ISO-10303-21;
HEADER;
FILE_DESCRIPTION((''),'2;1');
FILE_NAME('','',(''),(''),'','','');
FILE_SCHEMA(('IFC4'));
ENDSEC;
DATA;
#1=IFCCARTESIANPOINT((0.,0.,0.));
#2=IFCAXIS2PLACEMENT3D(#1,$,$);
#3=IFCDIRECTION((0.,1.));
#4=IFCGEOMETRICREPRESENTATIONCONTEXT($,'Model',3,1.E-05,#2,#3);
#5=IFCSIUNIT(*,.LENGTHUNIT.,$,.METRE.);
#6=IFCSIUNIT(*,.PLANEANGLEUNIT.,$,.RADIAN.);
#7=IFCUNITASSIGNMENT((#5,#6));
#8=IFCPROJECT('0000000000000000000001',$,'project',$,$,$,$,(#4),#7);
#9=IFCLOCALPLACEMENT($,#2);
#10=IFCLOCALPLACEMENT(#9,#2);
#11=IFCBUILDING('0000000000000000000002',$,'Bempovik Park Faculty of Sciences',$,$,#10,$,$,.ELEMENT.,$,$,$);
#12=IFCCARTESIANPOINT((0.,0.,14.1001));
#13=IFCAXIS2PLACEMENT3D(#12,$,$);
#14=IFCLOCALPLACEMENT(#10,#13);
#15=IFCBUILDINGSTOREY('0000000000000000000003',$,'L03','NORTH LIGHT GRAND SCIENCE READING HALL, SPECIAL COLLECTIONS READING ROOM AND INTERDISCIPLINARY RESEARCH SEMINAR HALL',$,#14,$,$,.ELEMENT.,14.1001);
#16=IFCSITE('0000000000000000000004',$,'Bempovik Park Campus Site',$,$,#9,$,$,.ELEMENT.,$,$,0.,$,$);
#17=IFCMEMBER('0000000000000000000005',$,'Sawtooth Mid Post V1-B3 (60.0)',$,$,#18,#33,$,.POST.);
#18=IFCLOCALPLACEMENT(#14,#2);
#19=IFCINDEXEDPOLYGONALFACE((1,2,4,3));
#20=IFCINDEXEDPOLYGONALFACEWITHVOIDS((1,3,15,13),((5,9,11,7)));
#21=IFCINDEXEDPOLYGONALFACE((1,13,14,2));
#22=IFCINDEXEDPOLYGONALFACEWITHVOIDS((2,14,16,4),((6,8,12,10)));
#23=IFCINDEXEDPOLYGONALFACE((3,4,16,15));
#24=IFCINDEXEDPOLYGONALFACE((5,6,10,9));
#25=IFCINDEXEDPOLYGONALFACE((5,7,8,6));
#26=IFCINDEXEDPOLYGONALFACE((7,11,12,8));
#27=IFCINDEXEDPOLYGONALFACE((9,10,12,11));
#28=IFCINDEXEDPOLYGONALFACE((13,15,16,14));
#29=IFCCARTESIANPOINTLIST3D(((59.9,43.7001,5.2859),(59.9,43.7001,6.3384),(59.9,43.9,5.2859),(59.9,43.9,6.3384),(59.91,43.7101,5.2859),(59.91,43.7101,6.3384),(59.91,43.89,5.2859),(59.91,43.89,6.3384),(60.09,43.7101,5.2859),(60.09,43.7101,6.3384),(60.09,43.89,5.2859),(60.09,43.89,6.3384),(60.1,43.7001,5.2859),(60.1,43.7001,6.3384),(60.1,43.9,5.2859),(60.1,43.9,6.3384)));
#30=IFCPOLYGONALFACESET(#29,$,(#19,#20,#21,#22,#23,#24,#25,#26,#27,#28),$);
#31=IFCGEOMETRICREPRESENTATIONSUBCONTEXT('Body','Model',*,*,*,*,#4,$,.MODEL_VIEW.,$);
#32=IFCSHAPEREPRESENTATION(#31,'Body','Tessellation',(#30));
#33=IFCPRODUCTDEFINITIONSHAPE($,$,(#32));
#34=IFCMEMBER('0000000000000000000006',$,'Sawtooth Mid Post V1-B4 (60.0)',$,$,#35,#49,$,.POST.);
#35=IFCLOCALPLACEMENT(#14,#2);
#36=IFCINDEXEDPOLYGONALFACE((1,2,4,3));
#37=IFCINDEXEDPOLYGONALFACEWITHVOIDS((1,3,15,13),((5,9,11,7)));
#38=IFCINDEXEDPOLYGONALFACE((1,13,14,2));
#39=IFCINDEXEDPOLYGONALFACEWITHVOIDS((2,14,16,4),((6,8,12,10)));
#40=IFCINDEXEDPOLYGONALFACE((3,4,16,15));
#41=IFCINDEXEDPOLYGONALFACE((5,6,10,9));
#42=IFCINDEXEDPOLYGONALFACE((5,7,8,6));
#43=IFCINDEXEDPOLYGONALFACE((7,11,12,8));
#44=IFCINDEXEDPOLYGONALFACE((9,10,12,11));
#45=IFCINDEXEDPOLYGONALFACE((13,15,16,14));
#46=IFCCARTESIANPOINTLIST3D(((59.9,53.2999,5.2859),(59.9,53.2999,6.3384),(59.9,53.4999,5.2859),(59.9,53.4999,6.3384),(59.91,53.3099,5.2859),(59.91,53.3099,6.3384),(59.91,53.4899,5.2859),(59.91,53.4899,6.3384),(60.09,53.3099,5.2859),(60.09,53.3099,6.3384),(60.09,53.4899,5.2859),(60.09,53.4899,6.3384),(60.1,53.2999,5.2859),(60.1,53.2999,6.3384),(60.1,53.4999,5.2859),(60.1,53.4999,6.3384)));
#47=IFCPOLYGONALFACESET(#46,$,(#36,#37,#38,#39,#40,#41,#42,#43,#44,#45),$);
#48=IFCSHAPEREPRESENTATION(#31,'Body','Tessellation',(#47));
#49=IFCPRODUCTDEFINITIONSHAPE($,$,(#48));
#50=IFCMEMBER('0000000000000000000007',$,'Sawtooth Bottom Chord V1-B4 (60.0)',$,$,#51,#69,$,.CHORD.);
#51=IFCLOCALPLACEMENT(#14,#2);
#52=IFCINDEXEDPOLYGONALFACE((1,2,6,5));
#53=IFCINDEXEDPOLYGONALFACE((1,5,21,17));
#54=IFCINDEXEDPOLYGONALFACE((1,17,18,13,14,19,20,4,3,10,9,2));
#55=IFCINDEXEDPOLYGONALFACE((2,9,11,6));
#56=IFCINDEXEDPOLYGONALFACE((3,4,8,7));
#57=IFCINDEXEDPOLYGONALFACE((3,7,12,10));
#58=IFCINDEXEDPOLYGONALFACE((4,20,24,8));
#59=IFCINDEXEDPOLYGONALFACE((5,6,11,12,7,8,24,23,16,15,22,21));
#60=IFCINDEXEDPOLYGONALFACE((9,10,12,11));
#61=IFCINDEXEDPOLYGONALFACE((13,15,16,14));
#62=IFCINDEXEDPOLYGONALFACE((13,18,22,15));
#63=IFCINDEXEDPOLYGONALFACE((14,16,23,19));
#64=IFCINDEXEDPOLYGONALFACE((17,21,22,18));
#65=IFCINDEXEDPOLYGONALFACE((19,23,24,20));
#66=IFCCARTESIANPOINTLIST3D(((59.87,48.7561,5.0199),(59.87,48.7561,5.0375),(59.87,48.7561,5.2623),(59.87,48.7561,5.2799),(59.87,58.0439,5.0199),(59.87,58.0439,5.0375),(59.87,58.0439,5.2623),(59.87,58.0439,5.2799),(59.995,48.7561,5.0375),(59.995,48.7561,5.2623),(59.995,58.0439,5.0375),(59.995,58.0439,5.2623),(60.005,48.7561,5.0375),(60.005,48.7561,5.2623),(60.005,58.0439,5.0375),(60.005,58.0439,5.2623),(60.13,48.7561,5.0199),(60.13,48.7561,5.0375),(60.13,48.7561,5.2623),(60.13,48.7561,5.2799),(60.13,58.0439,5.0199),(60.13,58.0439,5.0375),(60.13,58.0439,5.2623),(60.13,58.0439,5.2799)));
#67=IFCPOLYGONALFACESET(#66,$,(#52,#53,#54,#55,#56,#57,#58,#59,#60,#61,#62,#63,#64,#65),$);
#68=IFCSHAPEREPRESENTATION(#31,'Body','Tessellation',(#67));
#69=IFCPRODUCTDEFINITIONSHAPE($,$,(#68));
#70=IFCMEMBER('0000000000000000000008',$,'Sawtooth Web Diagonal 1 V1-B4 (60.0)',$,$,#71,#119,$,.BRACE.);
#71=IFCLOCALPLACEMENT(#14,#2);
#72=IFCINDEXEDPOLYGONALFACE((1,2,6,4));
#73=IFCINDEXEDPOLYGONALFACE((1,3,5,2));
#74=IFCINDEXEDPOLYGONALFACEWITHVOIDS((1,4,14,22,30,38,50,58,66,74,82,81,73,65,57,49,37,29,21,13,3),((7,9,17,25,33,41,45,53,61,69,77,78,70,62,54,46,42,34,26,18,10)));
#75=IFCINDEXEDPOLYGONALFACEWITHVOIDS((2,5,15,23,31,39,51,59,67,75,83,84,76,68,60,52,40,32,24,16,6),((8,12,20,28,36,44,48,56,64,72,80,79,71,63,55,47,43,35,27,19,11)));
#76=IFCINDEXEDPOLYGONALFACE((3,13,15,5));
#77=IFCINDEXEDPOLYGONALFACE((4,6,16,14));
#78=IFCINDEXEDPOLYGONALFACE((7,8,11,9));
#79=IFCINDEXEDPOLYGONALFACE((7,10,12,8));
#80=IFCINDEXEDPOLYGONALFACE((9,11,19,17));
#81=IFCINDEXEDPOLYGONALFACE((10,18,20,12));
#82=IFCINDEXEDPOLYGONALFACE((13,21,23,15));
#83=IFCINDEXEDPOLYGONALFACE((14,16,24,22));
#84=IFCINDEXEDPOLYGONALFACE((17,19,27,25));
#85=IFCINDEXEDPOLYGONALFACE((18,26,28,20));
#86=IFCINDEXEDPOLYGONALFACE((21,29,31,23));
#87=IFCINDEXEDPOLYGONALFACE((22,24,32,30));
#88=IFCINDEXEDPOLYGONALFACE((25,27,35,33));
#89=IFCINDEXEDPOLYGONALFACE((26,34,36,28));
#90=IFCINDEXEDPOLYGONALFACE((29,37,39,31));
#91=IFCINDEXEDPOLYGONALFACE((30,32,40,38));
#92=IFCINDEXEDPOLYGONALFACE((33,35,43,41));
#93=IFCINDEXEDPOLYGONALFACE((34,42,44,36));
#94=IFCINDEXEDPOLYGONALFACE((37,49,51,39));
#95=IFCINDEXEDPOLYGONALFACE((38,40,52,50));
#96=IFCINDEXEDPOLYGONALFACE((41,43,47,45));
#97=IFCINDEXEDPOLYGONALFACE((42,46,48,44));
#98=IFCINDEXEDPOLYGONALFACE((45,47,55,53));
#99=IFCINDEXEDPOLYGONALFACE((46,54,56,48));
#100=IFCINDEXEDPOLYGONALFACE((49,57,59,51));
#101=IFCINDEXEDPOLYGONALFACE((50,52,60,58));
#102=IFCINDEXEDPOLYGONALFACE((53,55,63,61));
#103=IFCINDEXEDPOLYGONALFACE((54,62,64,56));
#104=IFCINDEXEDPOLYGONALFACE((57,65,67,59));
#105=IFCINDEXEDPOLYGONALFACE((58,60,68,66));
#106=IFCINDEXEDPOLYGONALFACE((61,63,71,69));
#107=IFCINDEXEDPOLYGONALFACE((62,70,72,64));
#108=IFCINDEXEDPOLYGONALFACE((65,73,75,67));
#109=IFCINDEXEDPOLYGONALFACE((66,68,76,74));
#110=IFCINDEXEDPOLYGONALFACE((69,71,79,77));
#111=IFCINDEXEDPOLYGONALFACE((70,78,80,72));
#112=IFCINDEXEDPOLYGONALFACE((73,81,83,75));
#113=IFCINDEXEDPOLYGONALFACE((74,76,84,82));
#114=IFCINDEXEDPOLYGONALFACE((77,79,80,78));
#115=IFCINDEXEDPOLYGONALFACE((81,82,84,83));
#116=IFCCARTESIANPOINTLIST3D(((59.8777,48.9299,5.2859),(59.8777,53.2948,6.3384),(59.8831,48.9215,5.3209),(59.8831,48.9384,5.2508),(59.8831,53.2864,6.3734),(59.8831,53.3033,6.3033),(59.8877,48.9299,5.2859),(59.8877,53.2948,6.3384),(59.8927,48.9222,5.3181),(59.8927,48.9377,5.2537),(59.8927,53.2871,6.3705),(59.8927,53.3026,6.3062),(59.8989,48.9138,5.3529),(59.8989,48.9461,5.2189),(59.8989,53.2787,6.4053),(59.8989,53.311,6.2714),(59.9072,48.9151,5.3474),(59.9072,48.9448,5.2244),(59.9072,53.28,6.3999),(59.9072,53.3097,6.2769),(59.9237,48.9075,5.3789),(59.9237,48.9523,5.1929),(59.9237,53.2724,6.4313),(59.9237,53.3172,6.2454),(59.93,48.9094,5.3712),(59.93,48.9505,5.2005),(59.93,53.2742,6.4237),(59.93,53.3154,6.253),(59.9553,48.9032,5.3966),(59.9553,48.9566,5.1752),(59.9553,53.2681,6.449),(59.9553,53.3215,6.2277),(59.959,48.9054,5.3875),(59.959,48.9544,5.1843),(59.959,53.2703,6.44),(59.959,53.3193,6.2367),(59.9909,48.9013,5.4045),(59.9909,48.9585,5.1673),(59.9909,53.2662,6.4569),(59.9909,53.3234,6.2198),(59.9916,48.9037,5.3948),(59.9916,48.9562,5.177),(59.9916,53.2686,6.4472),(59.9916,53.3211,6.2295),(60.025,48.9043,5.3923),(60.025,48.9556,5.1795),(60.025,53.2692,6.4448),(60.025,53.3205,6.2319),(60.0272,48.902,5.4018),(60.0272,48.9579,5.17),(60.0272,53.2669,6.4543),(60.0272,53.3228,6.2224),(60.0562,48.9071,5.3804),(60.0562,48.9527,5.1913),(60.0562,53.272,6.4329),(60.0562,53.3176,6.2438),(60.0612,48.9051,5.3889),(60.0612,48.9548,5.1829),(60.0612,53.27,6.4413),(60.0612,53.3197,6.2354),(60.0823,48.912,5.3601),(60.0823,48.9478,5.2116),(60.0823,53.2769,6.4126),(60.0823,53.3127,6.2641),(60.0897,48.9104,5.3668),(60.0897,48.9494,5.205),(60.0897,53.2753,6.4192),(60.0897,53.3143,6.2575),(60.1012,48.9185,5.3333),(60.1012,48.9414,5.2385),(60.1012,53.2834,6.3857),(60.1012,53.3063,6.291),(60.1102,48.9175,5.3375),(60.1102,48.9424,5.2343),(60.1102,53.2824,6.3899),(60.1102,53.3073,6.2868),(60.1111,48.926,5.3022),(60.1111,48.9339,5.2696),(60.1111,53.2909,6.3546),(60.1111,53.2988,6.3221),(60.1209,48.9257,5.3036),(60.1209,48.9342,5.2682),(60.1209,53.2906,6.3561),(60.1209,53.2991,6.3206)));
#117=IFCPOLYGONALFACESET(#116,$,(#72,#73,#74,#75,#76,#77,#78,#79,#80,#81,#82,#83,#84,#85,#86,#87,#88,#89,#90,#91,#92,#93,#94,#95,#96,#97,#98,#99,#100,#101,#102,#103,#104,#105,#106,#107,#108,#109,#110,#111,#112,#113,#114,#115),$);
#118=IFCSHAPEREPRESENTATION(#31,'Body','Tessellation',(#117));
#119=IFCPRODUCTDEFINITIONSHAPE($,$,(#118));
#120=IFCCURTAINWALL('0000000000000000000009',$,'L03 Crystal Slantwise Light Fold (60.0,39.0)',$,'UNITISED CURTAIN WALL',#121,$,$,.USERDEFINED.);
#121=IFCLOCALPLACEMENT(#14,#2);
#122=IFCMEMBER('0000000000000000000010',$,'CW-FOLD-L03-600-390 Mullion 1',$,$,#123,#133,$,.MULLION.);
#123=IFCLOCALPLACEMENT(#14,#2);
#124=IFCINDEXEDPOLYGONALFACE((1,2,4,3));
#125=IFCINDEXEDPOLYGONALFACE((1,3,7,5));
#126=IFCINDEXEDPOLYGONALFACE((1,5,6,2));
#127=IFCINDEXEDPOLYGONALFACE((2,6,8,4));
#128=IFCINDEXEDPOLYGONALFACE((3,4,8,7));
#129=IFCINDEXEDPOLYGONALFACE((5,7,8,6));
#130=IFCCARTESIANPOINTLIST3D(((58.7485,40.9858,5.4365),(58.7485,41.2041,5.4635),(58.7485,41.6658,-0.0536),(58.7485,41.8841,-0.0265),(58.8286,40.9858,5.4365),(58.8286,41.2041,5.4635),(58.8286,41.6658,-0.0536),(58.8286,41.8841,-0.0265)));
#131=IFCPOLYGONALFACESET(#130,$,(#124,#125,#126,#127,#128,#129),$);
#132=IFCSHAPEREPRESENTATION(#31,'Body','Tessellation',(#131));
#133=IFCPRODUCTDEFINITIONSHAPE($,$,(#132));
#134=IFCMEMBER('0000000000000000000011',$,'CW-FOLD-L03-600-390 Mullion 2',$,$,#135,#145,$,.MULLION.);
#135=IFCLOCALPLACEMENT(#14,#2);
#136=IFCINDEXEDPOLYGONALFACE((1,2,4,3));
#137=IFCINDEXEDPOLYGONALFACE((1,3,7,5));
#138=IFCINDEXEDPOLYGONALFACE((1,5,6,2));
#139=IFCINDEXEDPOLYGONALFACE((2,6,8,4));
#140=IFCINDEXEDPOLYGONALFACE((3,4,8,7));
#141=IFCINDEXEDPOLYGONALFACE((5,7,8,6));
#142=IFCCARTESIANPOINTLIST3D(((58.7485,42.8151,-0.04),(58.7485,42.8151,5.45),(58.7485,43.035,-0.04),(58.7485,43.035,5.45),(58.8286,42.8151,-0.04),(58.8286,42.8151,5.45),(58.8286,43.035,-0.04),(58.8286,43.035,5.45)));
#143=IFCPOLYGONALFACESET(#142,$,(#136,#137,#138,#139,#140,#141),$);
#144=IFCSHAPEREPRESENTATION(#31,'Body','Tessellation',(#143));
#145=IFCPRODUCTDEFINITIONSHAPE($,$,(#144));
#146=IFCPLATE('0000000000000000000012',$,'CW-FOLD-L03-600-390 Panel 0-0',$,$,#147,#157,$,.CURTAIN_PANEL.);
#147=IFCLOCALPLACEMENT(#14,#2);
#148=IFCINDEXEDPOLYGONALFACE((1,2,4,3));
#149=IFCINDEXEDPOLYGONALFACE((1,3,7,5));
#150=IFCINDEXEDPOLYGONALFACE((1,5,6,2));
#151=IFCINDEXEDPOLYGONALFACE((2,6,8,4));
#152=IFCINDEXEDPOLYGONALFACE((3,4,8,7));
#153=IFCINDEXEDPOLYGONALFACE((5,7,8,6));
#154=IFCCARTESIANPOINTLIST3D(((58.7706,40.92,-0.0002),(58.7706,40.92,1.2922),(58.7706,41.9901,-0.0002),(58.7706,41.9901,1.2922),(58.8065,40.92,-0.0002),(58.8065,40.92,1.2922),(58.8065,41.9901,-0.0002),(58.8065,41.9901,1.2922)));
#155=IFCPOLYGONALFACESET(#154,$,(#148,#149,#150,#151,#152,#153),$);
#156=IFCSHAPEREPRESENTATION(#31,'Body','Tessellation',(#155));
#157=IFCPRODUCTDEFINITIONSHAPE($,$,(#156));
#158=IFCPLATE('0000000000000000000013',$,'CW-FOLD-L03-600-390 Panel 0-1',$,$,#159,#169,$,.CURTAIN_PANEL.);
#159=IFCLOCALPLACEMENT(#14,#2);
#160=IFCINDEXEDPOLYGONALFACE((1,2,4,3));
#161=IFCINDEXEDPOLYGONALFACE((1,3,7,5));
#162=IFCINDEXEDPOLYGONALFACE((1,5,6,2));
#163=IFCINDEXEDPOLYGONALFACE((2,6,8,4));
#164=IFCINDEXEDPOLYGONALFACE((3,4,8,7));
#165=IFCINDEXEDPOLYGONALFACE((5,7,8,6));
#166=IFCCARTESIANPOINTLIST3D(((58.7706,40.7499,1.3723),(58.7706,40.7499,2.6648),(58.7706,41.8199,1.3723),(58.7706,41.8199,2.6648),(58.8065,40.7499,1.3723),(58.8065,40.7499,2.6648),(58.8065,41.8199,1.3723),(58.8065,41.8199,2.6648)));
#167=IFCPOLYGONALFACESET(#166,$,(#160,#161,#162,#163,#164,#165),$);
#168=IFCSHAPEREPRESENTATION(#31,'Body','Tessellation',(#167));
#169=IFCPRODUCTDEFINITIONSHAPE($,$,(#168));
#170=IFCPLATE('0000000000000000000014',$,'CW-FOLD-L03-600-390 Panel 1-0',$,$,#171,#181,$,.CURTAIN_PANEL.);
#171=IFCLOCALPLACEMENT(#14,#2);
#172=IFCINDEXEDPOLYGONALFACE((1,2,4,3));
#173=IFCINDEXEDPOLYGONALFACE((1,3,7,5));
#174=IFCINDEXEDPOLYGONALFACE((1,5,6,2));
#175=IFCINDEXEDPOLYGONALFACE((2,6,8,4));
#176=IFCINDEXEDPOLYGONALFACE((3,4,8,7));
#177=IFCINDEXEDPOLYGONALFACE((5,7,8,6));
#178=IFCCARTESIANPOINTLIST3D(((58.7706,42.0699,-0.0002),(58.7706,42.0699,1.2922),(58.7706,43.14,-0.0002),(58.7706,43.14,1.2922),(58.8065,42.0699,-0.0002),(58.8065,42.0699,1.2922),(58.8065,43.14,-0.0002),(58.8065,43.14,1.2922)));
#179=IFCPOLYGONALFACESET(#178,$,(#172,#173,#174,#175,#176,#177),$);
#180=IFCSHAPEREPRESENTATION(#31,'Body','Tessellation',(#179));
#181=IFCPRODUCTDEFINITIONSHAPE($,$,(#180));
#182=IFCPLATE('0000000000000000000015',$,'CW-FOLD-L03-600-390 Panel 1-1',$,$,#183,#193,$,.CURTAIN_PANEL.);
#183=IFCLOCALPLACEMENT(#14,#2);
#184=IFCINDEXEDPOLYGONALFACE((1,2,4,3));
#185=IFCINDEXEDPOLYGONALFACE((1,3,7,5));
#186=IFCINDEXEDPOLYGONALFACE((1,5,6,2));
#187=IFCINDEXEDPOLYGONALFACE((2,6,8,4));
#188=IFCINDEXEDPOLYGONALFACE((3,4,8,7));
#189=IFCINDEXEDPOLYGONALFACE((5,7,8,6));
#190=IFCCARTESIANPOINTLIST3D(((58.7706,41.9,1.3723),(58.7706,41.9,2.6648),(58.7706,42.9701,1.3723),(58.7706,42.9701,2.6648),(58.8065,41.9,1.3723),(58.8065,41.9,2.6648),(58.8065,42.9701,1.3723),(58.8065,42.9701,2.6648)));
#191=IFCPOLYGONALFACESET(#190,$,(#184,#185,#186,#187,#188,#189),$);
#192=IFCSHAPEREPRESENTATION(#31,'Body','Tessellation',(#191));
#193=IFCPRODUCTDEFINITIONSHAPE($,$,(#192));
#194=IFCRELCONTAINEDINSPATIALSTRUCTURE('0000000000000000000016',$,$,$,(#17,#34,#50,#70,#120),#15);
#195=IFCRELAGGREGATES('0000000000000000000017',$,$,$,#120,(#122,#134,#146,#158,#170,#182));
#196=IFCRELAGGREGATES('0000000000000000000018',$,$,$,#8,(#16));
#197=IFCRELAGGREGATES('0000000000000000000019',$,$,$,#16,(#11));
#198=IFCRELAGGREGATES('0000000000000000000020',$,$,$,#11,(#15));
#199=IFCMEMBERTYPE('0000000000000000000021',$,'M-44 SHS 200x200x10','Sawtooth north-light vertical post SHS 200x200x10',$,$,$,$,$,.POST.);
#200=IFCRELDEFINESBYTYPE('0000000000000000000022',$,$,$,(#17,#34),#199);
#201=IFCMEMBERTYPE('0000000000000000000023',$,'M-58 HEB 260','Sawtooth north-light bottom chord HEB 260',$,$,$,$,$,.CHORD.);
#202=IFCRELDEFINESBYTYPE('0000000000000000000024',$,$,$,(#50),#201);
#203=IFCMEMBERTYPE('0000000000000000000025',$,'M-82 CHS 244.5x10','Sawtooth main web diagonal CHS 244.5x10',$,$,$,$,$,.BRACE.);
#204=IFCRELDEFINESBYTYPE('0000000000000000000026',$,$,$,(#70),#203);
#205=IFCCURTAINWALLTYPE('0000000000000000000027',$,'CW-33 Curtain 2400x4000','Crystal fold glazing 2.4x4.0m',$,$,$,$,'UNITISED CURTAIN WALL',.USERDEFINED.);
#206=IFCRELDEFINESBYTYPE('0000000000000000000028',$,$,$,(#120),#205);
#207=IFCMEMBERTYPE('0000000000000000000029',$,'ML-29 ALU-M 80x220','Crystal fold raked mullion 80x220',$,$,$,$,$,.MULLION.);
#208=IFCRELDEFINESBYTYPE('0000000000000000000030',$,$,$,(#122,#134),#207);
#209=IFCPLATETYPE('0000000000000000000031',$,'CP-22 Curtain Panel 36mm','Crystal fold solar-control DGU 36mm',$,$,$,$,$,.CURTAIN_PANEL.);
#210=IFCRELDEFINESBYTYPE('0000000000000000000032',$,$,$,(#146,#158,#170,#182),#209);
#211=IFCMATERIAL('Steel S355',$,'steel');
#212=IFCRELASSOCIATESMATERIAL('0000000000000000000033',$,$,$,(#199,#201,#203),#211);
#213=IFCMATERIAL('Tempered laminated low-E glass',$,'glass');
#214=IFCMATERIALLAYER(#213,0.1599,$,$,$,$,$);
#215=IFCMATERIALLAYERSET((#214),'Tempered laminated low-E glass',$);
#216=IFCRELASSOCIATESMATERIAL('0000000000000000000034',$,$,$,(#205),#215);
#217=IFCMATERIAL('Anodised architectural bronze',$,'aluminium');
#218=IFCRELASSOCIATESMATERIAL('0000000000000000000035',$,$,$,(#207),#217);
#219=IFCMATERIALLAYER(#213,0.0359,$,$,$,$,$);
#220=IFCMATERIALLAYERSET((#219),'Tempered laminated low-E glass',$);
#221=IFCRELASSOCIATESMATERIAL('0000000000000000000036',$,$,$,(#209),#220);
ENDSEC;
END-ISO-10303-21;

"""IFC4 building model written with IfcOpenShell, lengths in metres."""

from ifc_helpers import new_model, si_unit, direction, frame, origin, origin_2d, place, context, subcontext, project, spatial, rectangle, hollow_rectangle, hollow_circle, i_section, extrude, material, layer, layer_set, material_profile, profile_set, type_object, element, aggregate, save


model = new_model("IFC4")

# Units and contexts
model_context = context("Model", 3, precision=1e-05, world=origin(), true_north=direction((0.0, 1.0)))
body_context = subcontext(model_context, "Body", "Model", "MODEL_VIEW")
ifc_project = project(units=[si_unit("LENGTHUNIT", "METRE"), si_unit("PLANEANGLEUNIT", "RADIAN")], contexts=[model_context])

# Site, building, storey
site_placement = place(None, origin())
site = spatial("IfcSite", under=ifc_project, at=site_placement, Name="Bempovik Park Campus Site", CompositionType="ELEMENT", RefElevation=0.0)
building_placement = place(site_placement, origin())
building = spatial("IfcBuilding", under=site, at=building_placement, Name="Bempovik Park Faculty of Sciences", CompositionType="ELEMENT")
storey_placement = place(building_placement, frame((0.0, 0.0, 14.1001)))
storey = spatial("IfcBuildingStorey", under=building, at=storey_placement, Name="L03", Description="NORTH LIGHT GRAND SCIENCE READING HALL, SPECIAL COLLECTIONS READING ROOM AND INTERDISCIPLINARY RESEARCH SEMINAR HALL", CompositionType="ELEMENT", Elevation=14.1001)

# Shared definitions
ifc_material_1 = material(Name="Steel S355", Category="steel")

# Members
ifc_material_profile_1 = material_profile(ifc_material_1, hollow_rectangle(XDim=0.2, YDim=0.2, WallThickness=0.01, at=origin_2d()), Name="SHS 200x200x10")
ifc_profile_set_1 = profile_set([ifc_material_profile_1], Name="Steel S355")
member_type_1 = type_object("IfcMemberType", Name="M-44 SHS 200x200x10", Description="Sawtooth north-light vertical post SHS 200x200x10", PredefinedType="POST", material=ifc_profile_set_1)
for number, where, z_axis, x_axis, name in (
    (1, (60.0, 43.8, 5.2859), (0.0, 0.0, 1.0), (1.0, 0.0, 0.0), "Sawtooth Mid Post V1-B3 (60.0)"),
    (2, (60.0, 53.3999, 5.2859), (0.0, 0.0, 1.0), (1.0, 0.0, 0.0), "Sawtooth Mid Post V1-B4 (60.0)"),
):
    element("IfcMember", number, at=place(storey_placement, frame(where, z_axis=z_axis, x_axis=x_axis)), inside=storey, type_object=member_type_1, Name=name, PredefinedType="POST", context=body_context, shape_type="SweptSolid", body=[
        extrude(hollow_rectangle(XDim=0.2, YDim=0.2, WallThickness=0.01, at=origin_2d()), origin(), (0.0, 0.0, 1.0), 1.0525),
    ])
ifc_material_profile_2 = material_profile(ifc_material_1, i_section(OverallWidth=0.26, OverallDepth=0.26, WebThickness=0.01, FlangeThickness=0.0176, at=origin_2d()), Name="HEB 260")
ifc_profile_set_2 = profile_set([ifc_material_profile_2], Name="Steel S355")
member_type_2 = type_object("IfcMemberType", Name="M-58 HEB 260", Description="Sawtooth north-light bottom chord HEB 260", PredefinedType="CHORD", material=ifc_profile_set_2)
member_1_placement = place(storey_placement, frame((60.0, 48.7561, 5.1499), z_axis=(0.0, 1.0, 0.0), x_axis=(-1.0, 0.0, 0.0)))
element("IfcMember", 3, at=member_1_placement, inside=storey, type_object=member_type_2, Name="Sawtooth Bottom Chord V1-B4 (60.0)", PredefinedType="CHORD", context=body_context, shape_type="SweptSolid", body=[
    extrude(i_section(OverallWidth=0.26, OverallDepth=0.26, WebThickness=0.01, FlangeThickness=0.0176, at=origin_2d()), origin(), (0.0, 0.0, 1.0), 9.2878),
])
ifc_material_profile_3 = material_profile(ifc_material_1, hollow_circle(Radius=0.1223, WallThickness=0.01, at=origin_2d()), Name="CHS 244.5x10")
ifc_profile_set_3 = profile_set([ifc_material_profile_3], Name="Steel S355")
member_type_3 = type_object("IfcMemberType", Name="M-82 CHS 244.5x10", Description="Sawtooth main web diagonal CHS 244.5x10", PredefinedType="BRACE", material=ifc_profile_set_3)
member_2_placement = place(storey_placement, frame((60.0, 48.9299, 5.2859), z_axis=(0.0, 0.972139, 0.234403), x_axis=(-1.0, 0.0, 0.0)))
element("IfcMember", 4, at=member_2_placement, inside=storey, type_object=member_type_3, Name="Sawtooth Web Diagonal 1 V1-B4 (60.0)", PredefinedType="BRACE", context=body_context, shape_type="SweptSolid", body=[
    extrude(hollow_circle(Radius=0.1223, WallThickness=0.01, at=origin_2d()), origin(), (0.0, 0.0, 1.0), 4.49),
])

# Curtain wall, members, plates
ifc_material_2 = material(Name="Tempered laminated low-E glass", Category="glass")
ifc_layer_1 = layer(ifc_material_2, 0.1599)
ifc_layer_set_1 = layer_set([ifc_layer_1], Name="Tempered laminated low-E glass")
curtain_wall_type = type_object("IfcCurtainWallType", Name="CW-33 Curtain 2400x4000", Description="Crystal fold glazing 2.4x4.0m", ElementType="UNITISED CURTAIN WALL", PredefinedType="USERDEFINED", material=ifc_layer_set_1)
curtain_wall_placement = place(storey_placement, origin())
curtain_wall = element("IfcCurtainWall", 5, at=curtain_wall_placement, inside=storey, type_object=curtain_wall_type, Name="L03 Crystal Slantwise Light Fold (60.0,39.0)", ObjectType="UNITISED CURTAIN WALL", PredefinedType="USERDEFINED")
ifc_material_3 = material(Name="Anodised architectural bronze", Category="aluminium")
ifc_material_profile_4 = material_profile(ifc_material_3, rectangle(XDim=0.0801, YDim=0.22, at=origin_2d()), Name="ALU-M 80x220")
ifc_profile_set_4 = profile_set([ifc_material_profile_4], Name="Anodised architectural bronze")
member_type_4 = type_object("IfcMemberType", Name="ML-29 ALU-M 80x220", Description="Crystal fold raked mullion 80x220", PredefinedType="MULLION", material=ifc_profile_set_4)
member_3_placement = place(storey_placement, frame((58.7886, 41.7749, -0.04), z_axis=(0.0, -0.12291, 0.992418), x_axis=(1.0, 0.0, 0.0)))
member_3 = element("IfcMember", 6, at=member_3_placement, type_object=member_type_4, Name="CW-FOLD-L03-600-390 Mullion 1", PredefinedType="MULLION", context=body_context, shape_type="SweptSolid", body=[
    extrude(rectangle(XDim=0.0801, YDim=0.22, at=origin_2d()), origin(), (0.0, 0.0, 1.0), 5.532),
])
member_4_placement = place(storey_placement, frame((58.7886, 42.925, -0.04), z_axis=(0.0, 0.0, 1.0), x_axis=(1.0, 0.0, 0.0)))
member_4 = element("IfcMember", 7, at=member_4_placement, type_object=member_type_4, Name="CW-FOLD-L03-600-390 Mullion 2", PredefinedType="MULLION", context=body_context, shape_type="SweptSolid", body=[
    extrude(rectangle(XDim=0.0801, YDim=0.22, at=origin_2d()), origin(), (0.0, 0.0, 1.0), 5.49),
])
ifc_layer_2 = layer(ifc_material_2, 0.0359)
ifc_layer_set_2 = layer_set([ifc_layer_2], Name="Tempered laminated low-E glass")
plate_type_1 = type_object("IfcPlateType", Name="CP-22 Curtain Panel 36mm", Description="Crystal fold solar-control DGU 36mm", PredefinedType="CURTAIN_PANEL", material=ifc_layer_set_2)
plate_1_placement = place(storey_placement, frame((58.7886, 41.4551, -0.0002), z_axis=(0.0, 0.0, 1.0), x_axis=(0.0, 1.0, 0.0)))
plate_1 = element("IfcPlate", 8, at=plate_1_placement, type_object=plate_type_1, Name="CW-FOLD-L03-600-390 Panel 0-0", PredefinedType="CURTAIN_PANEL", context=body_context, shape_type="SweptSolid", body=[
    extrude(rectangle(XDim=1.0701, YDim=0.0359, at=origin_2d()), origin(), (0.0, 0.0, 1.0), 1.2925),
])
plate_2_placement = place(storey_placement, frame((58.7886, 41.2849, 1.3723), z_axis=(0.0, 0.0, 1.0), x_axis=(0.0, 1.0, 0.0)))
plate_2 = element("IfcPlate", 9, at=plate_2_placement, type_object=plate_type_1, Name="CW-FOLD-L03-600-390 Panel 0-1", PredefinedType="CURTAIN_PANEL", context=body_context, shape_type="SweptSolid", body=[
    extrude(rectangle(XDim=1.0701, YDim=0.0359, at=origin_2d()), origin(), (0.0, 0.0, 1.0), 1.2925),
])
plate_3_placement = place(storey_placement, frame((58.7886, 42.605, -0.0002), z_axis=(0.0, 0.0, 1.0), x_axis=(0.0, 1.0, 0.0)))
plate_3 = element("IfcPlate", 10, at=plate_3_placement, type_object=plate_type_1, Name="CW-FOLD-L03-600-390 Panel 1-0", PredefinedType="CURTAIN_PANEL", context=body_context, shape_type="SweptSolid", body=[
    extrude(rectangle(XDim=1.0701, YDim=0.0359, at=origin_2d()), origin(), (0.0, 0.0, 1.0), 1.2925),
])
plate_4_placement = place(storey_placement, frame((58.7886, 42.4351, 1.3723), z_axis=(0.0, 0.0, 1.0), x_axis=(0.0, 1.0, 0.0)))
plate_4 = element("IfcPlate", 11, at=plate_4_placement, type_object=plate_type_1, Name="CW-FOLD-L03-600-390 Panel 1-1", PredefinedType="CURTAIN_PANEL", context=body_context, shape_type="SweptSolid", body=[
    extrude(rectangle(XDim=1.0701, YDim=0.0359, at=origin_2d()), origin(), (0.0, 0.0, 1.0), 1.2925),
])
aggregate(curtain_wall, [member_3, member_4, plate_1, plate_2, plate_3, plate_4])

save(model, "model.ifc")
